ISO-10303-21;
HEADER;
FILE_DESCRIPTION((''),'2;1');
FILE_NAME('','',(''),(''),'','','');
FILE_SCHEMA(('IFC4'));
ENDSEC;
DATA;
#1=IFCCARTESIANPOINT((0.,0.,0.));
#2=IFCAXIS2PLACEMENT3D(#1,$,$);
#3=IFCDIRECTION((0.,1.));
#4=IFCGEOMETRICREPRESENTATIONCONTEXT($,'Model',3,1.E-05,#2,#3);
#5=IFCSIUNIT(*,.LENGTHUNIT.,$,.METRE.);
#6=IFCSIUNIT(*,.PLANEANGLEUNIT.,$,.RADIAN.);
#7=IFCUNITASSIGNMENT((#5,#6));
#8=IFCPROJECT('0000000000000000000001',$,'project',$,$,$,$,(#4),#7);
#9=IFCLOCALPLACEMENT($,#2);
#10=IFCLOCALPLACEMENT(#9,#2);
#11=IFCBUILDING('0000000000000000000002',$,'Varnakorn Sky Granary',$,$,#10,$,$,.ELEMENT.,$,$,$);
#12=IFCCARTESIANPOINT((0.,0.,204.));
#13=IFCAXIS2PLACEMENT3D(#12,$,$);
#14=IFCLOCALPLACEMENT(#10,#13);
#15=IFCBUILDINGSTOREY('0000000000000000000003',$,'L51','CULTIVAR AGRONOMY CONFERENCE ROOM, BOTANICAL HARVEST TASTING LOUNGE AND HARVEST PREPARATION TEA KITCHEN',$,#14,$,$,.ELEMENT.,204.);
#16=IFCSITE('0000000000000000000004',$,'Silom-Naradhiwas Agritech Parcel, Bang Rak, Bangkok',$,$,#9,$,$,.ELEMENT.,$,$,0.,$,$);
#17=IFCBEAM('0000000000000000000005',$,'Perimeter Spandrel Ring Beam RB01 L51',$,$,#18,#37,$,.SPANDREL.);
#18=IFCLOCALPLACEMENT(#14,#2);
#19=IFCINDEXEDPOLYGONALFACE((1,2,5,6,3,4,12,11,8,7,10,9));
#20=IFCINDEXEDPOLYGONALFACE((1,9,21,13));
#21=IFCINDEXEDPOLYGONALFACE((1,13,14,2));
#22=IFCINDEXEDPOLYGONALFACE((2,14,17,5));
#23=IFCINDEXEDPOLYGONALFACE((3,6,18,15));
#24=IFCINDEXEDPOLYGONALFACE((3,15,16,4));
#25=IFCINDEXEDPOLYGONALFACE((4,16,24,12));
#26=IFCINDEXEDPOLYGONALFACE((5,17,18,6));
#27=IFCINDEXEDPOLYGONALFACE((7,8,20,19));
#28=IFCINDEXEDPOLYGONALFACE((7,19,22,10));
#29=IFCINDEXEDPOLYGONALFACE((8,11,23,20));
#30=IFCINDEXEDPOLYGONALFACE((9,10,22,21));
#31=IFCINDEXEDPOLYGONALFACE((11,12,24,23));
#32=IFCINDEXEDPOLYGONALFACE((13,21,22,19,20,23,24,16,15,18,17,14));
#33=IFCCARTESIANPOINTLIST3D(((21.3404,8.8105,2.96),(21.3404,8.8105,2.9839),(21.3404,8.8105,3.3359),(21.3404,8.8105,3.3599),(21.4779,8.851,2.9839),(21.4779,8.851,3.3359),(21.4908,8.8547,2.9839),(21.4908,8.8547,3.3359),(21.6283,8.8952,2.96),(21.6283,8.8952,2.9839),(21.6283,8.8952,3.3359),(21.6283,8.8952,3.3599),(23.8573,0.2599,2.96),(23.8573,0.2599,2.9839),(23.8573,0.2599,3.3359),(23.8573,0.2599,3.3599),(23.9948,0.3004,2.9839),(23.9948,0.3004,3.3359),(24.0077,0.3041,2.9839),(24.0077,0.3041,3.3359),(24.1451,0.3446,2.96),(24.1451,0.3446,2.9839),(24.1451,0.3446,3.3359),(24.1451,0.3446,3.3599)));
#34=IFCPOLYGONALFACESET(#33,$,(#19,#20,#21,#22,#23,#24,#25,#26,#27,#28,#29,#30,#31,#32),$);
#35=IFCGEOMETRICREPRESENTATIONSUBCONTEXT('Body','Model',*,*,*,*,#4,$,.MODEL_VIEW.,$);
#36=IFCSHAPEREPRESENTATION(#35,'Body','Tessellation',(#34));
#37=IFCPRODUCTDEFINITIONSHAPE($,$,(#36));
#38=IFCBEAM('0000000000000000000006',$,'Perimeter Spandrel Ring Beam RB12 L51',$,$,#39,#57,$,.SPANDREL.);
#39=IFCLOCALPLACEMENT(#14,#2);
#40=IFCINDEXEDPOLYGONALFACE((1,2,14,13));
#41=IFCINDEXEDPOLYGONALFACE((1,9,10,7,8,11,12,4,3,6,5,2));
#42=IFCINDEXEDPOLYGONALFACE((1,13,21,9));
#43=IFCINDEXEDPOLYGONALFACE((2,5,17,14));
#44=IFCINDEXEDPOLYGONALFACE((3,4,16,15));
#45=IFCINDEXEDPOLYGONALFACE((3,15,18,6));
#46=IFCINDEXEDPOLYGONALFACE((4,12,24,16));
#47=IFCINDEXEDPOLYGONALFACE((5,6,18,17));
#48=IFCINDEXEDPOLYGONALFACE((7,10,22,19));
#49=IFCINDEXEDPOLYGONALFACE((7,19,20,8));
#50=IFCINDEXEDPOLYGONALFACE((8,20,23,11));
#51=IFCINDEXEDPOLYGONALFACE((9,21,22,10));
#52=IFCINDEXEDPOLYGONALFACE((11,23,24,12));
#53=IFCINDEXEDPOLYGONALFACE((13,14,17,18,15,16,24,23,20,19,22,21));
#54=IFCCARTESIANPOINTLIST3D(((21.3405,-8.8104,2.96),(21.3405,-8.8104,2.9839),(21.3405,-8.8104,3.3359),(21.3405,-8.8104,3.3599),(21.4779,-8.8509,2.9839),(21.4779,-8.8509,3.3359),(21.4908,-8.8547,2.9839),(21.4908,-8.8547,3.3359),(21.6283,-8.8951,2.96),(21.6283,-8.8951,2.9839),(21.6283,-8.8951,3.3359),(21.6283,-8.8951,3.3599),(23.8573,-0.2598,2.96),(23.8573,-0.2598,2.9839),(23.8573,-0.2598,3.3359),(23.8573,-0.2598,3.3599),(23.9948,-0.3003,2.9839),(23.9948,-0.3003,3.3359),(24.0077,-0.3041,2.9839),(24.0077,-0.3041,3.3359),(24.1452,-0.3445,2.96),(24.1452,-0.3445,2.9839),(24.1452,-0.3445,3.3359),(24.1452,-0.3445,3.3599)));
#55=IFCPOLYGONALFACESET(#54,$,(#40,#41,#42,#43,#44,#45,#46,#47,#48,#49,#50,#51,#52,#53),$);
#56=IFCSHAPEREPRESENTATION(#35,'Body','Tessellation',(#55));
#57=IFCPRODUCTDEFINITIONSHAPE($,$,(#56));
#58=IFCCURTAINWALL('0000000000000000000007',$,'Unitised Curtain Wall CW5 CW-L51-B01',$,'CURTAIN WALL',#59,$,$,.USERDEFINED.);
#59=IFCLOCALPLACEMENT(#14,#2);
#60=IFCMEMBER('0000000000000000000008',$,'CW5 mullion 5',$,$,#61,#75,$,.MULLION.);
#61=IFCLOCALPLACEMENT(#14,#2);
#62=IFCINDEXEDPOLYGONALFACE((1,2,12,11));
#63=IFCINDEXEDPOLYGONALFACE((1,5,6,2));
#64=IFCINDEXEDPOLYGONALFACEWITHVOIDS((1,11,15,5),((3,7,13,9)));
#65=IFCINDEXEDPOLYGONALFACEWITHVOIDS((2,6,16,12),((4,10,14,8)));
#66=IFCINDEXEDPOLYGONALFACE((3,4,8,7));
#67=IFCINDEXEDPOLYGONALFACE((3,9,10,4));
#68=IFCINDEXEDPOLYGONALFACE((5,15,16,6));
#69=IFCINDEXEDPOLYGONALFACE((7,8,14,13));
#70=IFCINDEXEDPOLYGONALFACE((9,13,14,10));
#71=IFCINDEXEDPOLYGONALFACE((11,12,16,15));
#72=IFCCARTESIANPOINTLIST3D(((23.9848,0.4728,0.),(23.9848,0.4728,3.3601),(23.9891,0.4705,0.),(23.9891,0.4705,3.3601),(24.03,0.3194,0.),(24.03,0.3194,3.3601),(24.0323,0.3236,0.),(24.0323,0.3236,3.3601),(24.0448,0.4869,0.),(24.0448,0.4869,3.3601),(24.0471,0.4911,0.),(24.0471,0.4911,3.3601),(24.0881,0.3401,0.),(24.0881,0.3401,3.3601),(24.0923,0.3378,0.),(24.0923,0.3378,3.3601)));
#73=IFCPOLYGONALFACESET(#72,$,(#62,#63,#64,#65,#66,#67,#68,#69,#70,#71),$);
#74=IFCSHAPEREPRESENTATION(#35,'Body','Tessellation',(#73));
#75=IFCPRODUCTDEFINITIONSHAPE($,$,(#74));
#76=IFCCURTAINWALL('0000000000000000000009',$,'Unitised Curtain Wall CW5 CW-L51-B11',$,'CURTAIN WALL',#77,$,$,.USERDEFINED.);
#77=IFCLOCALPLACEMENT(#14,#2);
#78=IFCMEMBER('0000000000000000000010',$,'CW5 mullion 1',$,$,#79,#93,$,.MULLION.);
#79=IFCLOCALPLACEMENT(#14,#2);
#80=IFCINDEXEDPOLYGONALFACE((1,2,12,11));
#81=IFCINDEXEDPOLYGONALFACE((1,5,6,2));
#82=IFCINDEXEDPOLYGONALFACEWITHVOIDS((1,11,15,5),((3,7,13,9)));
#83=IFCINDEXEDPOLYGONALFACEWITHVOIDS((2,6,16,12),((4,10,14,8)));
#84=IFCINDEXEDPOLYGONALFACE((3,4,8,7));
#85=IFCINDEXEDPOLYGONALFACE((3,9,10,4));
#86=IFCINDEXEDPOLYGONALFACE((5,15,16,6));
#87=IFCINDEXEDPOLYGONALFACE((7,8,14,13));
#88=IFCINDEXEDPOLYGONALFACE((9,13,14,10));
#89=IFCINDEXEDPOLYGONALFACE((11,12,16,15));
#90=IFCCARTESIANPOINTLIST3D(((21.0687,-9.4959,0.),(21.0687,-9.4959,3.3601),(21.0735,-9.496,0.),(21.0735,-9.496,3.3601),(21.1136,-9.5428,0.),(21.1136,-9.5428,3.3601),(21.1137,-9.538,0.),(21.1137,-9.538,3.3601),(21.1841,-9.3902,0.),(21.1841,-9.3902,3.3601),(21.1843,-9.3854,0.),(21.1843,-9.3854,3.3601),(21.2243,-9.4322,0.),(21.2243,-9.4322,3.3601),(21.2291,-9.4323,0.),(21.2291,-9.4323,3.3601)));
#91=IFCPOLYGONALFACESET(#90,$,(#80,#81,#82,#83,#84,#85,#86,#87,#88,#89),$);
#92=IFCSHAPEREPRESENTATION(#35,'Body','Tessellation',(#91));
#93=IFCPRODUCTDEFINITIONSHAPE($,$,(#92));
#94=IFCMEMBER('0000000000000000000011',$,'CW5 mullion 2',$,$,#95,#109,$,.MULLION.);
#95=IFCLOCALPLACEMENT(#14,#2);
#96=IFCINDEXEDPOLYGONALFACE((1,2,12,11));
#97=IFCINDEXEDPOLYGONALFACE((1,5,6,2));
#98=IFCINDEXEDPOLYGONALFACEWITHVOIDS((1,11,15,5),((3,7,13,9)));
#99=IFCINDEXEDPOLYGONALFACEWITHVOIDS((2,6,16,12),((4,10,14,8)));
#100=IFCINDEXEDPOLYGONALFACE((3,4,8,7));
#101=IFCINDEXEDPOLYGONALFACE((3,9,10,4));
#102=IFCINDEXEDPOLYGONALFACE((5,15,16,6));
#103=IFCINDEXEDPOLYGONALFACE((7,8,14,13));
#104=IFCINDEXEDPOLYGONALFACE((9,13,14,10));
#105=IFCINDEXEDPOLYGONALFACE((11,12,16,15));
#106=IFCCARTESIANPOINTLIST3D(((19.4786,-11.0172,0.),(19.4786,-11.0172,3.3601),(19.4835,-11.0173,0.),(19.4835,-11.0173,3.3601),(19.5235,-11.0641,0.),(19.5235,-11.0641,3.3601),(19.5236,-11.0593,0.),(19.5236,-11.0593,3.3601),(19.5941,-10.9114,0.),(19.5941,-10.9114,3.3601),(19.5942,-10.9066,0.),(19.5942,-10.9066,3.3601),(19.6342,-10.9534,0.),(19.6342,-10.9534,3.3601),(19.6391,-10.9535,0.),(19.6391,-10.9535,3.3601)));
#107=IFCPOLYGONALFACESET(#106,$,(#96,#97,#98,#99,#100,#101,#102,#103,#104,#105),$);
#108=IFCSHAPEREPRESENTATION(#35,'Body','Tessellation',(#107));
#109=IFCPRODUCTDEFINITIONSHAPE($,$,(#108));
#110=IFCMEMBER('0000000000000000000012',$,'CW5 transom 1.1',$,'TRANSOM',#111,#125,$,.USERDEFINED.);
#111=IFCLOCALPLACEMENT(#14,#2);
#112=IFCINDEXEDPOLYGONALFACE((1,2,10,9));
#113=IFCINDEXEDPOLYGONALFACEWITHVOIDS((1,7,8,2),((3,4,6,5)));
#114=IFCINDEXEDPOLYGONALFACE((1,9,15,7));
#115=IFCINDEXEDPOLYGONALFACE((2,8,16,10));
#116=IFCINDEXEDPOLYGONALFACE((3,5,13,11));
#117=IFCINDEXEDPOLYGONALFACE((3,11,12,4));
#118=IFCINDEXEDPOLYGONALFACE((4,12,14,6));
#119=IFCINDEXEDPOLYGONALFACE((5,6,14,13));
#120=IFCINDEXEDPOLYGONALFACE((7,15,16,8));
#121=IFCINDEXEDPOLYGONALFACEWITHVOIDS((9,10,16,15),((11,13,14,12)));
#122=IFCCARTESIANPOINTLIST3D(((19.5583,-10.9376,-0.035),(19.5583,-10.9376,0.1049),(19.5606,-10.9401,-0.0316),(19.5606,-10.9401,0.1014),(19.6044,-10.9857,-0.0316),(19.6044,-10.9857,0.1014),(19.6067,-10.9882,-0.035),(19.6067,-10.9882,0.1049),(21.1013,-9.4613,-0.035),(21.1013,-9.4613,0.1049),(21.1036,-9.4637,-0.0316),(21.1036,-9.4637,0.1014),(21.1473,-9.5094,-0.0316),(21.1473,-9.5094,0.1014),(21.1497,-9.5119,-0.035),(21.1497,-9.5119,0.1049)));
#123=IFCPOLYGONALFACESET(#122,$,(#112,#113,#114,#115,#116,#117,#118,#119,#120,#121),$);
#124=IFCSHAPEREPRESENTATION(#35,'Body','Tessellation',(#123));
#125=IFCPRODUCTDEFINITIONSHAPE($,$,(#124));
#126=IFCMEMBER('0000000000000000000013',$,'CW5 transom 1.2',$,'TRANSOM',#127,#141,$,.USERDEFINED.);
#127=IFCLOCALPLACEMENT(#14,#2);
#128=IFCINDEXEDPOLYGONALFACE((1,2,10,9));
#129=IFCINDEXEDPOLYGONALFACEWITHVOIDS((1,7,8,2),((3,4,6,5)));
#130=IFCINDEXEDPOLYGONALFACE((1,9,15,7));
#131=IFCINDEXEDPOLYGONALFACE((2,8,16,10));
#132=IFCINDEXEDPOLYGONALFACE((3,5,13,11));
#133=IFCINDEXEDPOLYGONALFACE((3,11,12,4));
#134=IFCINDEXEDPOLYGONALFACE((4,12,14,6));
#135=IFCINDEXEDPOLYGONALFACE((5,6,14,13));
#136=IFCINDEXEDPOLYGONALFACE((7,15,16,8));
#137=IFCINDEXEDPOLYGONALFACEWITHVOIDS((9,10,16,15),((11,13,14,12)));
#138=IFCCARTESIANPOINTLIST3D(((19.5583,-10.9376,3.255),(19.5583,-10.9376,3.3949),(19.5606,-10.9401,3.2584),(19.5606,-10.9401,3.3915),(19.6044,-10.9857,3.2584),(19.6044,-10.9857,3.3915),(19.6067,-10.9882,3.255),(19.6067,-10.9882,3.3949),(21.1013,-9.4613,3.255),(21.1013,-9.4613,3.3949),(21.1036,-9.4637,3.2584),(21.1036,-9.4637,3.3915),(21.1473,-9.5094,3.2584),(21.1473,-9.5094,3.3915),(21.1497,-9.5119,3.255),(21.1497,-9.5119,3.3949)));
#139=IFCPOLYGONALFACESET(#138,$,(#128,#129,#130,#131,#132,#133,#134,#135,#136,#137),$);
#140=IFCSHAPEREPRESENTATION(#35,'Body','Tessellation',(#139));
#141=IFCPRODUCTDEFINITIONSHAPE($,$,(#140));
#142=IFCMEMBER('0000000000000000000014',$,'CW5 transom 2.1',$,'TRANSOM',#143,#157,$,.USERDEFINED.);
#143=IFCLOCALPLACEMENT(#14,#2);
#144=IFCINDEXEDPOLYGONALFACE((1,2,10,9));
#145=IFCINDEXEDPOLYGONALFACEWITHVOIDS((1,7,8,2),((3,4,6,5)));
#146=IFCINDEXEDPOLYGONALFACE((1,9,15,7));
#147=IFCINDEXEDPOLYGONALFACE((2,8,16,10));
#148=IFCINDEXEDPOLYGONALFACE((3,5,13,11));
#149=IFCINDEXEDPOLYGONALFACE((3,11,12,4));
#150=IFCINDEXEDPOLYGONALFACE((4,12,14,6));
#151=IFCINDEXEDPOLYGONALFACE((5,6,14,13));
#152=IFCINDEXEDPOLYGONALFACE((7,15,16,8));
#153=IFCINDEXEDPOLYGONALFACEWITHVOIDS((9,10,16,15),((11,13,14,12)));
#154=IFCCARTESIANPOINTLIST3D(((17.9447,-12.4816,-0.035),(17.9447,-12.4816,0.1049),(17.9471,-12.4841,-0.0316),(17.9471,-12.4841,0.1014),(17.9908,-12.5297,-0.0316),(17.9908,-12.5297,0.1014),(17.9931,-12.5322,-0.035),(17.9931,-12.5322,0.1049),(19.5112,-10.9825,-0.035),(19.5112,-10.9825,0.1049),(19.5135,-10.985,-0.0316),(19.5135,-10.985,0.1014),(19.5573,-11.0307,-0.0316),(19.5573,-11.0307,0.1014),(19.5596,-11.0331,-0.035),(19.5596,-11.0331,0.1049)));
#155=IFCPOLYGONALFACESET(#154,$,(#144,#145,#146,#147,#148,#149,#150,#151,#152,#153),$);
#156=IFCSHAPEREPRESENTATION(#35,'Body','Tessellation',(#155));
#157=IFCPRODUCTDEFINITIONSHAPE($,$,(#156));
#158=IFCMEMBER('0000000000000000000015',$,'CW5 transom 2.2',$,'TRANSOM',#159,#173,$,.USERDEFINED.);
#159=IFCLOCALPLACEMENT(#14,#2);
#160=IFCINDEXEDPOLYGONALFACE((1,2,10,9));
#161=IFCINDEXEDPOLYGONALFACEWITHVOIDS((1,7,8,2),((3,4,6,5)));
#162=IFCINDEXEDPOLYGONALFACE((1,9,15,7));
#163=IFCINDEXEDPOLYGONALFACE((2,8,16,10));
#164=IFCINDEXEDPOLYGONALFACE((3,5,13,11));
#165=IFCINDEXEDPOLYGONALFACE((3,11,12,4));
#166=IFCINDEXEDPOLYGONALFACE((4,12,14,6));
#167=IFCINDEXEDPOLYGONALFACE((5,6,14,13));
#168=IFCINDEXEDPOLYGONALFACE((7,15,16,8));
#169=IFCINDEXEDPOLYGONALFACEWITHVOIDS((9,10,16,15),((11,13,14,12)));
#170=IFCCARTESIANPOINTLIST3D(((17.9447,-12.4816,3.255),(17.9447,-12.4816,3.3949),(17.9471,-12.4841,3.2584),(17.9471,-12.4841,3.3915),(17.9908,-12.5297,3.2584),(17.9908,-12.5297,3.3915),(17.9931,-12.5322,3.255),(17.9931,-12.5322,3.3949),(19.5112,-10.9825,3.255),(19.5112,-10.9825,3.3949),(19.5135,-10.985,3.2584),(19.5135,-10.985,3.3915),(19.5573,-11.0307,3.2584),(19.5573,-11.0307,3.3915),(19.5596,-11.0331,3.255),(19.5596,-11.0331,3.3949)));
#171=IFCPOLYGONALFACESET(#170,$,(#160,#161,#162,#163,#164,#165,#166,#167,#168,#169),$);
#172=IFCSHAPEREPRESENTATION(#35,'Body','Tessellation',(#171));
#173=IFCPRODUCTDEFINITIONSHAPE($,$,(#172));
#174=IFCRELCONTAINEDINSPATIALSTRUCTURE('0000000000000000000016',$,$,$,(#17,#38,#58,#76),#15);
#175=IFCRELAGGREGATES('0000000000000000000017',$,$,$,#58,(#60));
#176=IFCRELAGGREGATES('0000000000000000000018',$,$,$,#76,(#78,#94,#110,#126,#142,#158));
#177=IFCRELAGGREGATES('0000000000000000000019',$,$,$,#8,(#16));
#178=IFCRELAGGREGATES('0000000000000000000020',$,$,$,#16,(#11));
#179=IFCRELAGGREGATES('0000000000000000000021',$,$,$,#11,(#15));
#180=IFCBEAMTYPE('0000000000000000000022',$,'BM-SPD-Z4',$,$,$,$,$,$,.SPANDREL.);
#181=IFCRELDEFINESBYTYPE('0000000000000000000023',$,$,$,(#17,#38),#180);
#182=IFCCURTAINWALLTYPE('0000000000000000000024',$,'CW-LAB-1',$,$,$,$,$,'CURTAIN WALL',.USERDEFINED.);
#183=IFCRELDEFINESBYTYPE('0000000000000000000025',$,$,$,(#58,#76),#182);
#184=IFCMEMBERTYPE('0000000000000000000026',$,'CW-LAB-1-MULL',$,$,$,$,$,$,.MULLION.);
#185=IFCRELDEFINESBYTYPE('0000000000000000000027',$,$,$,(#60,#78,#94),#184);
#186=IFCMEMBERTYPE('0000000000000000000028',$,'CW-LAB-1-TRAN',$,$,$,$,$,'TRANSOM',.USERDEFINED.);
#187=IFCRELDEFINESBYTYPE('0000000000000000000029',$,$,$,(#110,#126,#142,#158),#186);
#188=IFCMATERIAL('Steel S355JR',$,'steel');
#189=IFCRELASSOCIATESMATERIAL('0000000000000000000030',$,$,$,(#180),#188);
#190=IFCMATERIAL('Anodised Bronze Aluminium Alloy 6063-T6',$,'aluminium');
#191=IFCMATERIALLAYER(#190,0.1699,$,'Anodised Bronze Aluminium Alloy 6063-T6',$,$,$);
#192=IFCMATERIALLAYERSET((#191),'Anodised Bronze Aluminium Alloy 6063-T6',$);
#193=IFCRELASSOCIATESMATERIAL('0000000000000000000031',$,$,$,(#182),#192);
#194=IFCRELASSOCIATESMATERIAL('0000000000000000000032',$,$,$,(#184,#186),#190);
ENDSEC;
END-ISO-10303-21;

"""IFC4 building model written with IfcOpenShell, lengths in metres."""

from ifc_helpers import new_model, si_unit, direction, frame, origin, origin_2d, place, context, subcontext, project, spatial, hollow_rectangle, i_section, extrude, material, layer, layer_set, material_profile, profile_set, type_object, element, aggregate, save


model = new_model("IFC4")

# Units and contexts
model_context = context("Model", 3, precision=1e-05, world=origin(), true_north=direction((0.0, 1.0)))
body_context = subcontext(model_context, "Body", "Model", "MODEL_VIEW")
ifc_project = project(units=[si_unit("LENGTHUNIT", "METRE"), si_unit("PLANEANGLEUNIT", "RADIAN")], contexts=[model_context])

# Site, building, storey
site_placement = place(None, origin())
site = spatial("IfcSite", under=ifc_project, at=site_placement, Name="Silom-Naradhiwas Agritech Parcel, Bang Rak, Bangkok", CompositionType="ELEMENT", RefElevation=0.0)
building_placement = place(site_placement, origin())
building = spatial("IfcBuilding", under=site, at=building_placement, Name="Varnakorn Sky Granary", CompositionType="ELEMENT")
storey_placement = place(building_placement, frame((0.0, 0.0, 204.0)))
storey = spatial("IfcBuildingStorey", under=building, at=storey_placement, Name="L51", Description="CULTIVAR AGRONOMY CONFERENCE ROOM, BOTANICAL HARVEST TASTING LOUNGE AND HARVEST PREPARATION TEA KITCHEN", CompositionType="ELEMENT", Elevation=204.0)

# Beams
ifc_material_1 = material(Name="Steel S355JR", Category="steel")
ifc_material_profile_1 = material_profile(ifc_material_1, i_section(OverallWidth=0.3, OverallDepth=0.3999, WebThickness=0.0134, FlangeThickness=0.0239, at=origin_2d()), Name="HE 400 B")
ifc_profile_set_1 = profile_set([ifc_material_profile_1], Name="Steel S355JR")
beam_type_1 = type_object("IfcBeamType", Name="BM-SPD-Z4", PredefinedType="SPANDREL", material=ifc_profile_set_1)
for number, where, z_axis, x_axis, name in (
    (1, (24.0012, 0.3022, 3.1599), (-0.282371, 0.959305, 0.0), (-0.959305, -0.282371, 0.0), "Perimeter Spandrel Ring Beam RB01 L51"),
    (2, (21.4844, -8.8528, 3.1599), (0.282371, 0.959305, 0.0), (-0.959305, 0.282371, 0.0), "Perimeter Spandrel Ring Beam RB12 L51"),
):
    element("IfcBeam", number, at=place(storey_placement, frame(where, z_axis=z_axis, x_axis=x_axis)), inside=storey, type_object=beam_type_1, Name=name, PredefinedType="SPANDREL", context=body_context, shape_type="SweptSolid", body=[
        extrude(i_section(OverallWidth=0.3, OverallDepth=0.3999, WebThickness=0.0134, FlangeThickness=0.0239, at=origin_2d()), origin(), (0.0, 0.0, 1.0), 8.9133),
    ])

# Curtain wall, member
ifc_material_2 = material(Name="Anodised Bronze Aluminium Alloy 6063-T6", Category="aluminium")
ifc_layer_1 = layer(ifc_material_2, 0.1699, Name="Anodised Bronze Aluminium Alloy 6063-T6")
ifc_layer_set_1 = layer_set([ifc_layer_1], Name="Anodised Bronze Aluminium Alloy 6063-T6")
curtain_wall_type = type_object("IfcCurtainWallType", Name="CW-LAB-1", ElementType="CURTAIN WALL", PredefinedType="USERDEFINED", material=ifc_layer_set_1)
curtain_wall_1_placement = place(storey_placement, origin())
curtain_wall_1 = element("IfcCurtainWall", 3, at=curtain_wall_1_placement, inside=storey, type_object=curtain_wall_type, Name="Unitised Curtain Wall CW5 CW-L51-B01", ObjectType="CURTAIN WALL", PredefinedType="USERDEFINED")
ifc_material_profile_2 = material_profile(ifc_material_2, hollow_rectangle(XDim=0.0649, YDim=0.1599, WallThickness=0.0034, at=origin_2d()), Name="ALU MULL 65x160")
ifc_profile_set_2 = profile_set([ifc_material_profile_2], Name="Anodised Bronze Aluminium Alloy 6063-T6")
member_type_1 = type_object("IfcMemberType", Name="CW-LAB-1-MULL", PredefinedType="MULLION", material=ifc_profile_set_2)
member_1_placement = place(storey_placement, frame((24.0386, 0.4053, 0.0), z_axis=(0.0, 0.0, 1.0), x_axis=(0.959195, 0.282744, 0.0)))
member_1 = element("IfcMember", 4, at=member_1_placement, type_object=member_type_1, Name="CW5 mullion 5", PredefinedType="MULLION", context=body_context, shape_type="SweptSolid", body=[
    extrude(hollow_rectangle(XDim=0.0649, YDim=0.1599, WallThickness=0.0034, at=origin_2d()), origin(), (0.0, 0.0, 1.0), 3.3601),
])
aggregate(curtain_wall_1, [member_1])

# Curtain wall, members
curtain_wall_2_placement = place(storey_placement, origin())
curtain_wall_2 = element("IfcCurtainWall", 5, at=curtain_wall_2_placement, inside=storey, type_object=curtain_wall_type, Name="Unitised Curtain Wall CW5 CW-L51-B11", ObjectType="CURTAIN WALL", PredefinedType="USERDEFINED")
member_2_placement = place(storey_placement, frame((21.1489, -9.4641, 0.0), z_axis=(0.0, 0.0, 1.0), x_axis=(0.691317, -0.722551, 0.0)))
member_2 = element("IfcMember", 6, at=member_2_placement, type_object=member_type_1, Name="CW5 mullion 1", PredefinedType="MULLION", context=body_context, shape_type="SweptSolid", body=[
    extrude(hollow_rectangle(XDim=0.0649, YDim=0.1599, WallThickness=0.0034, at=origin_2d()), origin(), (0.0, 0.0, 1.0), 3.3601),
])
member_3_placement = place(storey_placement, frame((19.5588, -10.9854, 0.0), z_axis=(0.0, 0.0, 1.0), x_axis=(0.691317, -0.722551, 0.0)))
member_3 = element("IfcMember", 7, at=member_3_placement, type_object=member_type_1, Name="CW5 mullion 2", PredefinedType="MULLION", context=body_context, shape_type="SweptSolid", body=[
    extrude(hollow_rectangle(XDim=0.0649, YDim=0.1599, WallThickness=0.0034, at=origin_2d()), origin(), (0.0, 0.0, 1.0), 3.3601),
])
ifc_material_profile_3 = material_profile(ifc_material_2, hollow_rectangle(XDim=0.0701, YDim=0.1399, WallThickness=0.0034, at=origin_2d()), Name="ALU TRAN 70x140")
ifc_profile_set_3 = profile_set([ifc_material_profile_3], Name="Anodised Bronze Aluminium Alloy 6063-T6")
member_type_2 = type_object("IfcMemberType", Name="CW-LAB-1-TRAN", ElementType="TRANSOM", PredefinedType="USERDEFINED", material=ifc_profile_set_3)
member_4_placement = place(storey_placement, frame((21.1255, -9.4866, 0.0349), z_axis=(-0.72254, -0.691329, 0.0), x_axis=(0.691329, -0.72254, 0.0)))
member_4 = element("IfcMember", 8, at=member_4_placement, type_object=member_type_2, Name="CW5 transom 1.1", ObjectType="TRANSOM", PredefinedType="USERDEFINED", context=body_context, shape_type="SweptSolid", body=[
    extrude(hollow_rectangle(XDim=0.0701, YDim=0.1399, WallThickness=0.0034, at=origin_2d()), origin(), (0.0, 0.0, 1.0), 2.1355),
])
member_5_placement = place(storey_placement, frame((21.1255, -9.4866, 3.325), z_axis=(-0.72254, -0.691329, 0.0), x_axis=(0.691329, -0.72254, 0.0)))
member_5 = element("IfcMember", 9, at=member_5_placement, type_object=member_type_2, Name="CW5 transom 1.2", ObjectType="TRANSOM", PredefinedType="USERDEFINED", context=body_context, shape_type="SweptSolid", body=[
    extrude(hollow_rectangle(XDim=0.0701, YDim=0.1399, WallThickness=0.0034, at=origin_2d()), origin(), (0.0, 0.0, 1.0), 2.1355),
])
member_6_placement = place(storey_placement, frame((19.5354, -11.0078, 0.0349), z_axis=(-0.722476, -0.691396, 0.0), x_axis=(0.691396, -0.722476, 0.0)))
member_6 = element("IfcMember", 10, at=member_6_placement, type_object=member_type_2, Name="CW5 transom 2.1", ObjectType="TRANSOM", PredefinedType="USERDEFINED", context=body_context, shape_type="SweptSolid", body=[
    extrude(hollow_rectangle(XDim=0.0701, YDim=0.1399, WallThickness=0.0034, at=origin_2d()), origin(), (0.0, 0.0, 1.0), 2.1682),
])
member_7_placement = place(storey_placement, frame((19.5354, -11.0078, 3.325), z_axis=(-0.722476, -0.691396, 0.0), x_axis=(0.691396, -0.722476, 0.0)))
member_7 = element("IfcMember", 11, at=member_7_placement, type_object=member_type_2, Name="CW5 transom 2.2", ObjectType="TRANSOM", PredefinedType="USERDEFINED", context=body_context, shape_type="SweptSolid", body=[
    extrude(hollow_rectangle(XDim=0.0701, YDim=0.1399, WallThickness=0.0034, at=origin_2d()), origin(), (0.0, 0.0, 1.0), 2.1682),
])

aggregate(curtain_wall_2, [member_2, member_3, member_4, member_5, member_6, member_7])

save(model, "model.ifc")
